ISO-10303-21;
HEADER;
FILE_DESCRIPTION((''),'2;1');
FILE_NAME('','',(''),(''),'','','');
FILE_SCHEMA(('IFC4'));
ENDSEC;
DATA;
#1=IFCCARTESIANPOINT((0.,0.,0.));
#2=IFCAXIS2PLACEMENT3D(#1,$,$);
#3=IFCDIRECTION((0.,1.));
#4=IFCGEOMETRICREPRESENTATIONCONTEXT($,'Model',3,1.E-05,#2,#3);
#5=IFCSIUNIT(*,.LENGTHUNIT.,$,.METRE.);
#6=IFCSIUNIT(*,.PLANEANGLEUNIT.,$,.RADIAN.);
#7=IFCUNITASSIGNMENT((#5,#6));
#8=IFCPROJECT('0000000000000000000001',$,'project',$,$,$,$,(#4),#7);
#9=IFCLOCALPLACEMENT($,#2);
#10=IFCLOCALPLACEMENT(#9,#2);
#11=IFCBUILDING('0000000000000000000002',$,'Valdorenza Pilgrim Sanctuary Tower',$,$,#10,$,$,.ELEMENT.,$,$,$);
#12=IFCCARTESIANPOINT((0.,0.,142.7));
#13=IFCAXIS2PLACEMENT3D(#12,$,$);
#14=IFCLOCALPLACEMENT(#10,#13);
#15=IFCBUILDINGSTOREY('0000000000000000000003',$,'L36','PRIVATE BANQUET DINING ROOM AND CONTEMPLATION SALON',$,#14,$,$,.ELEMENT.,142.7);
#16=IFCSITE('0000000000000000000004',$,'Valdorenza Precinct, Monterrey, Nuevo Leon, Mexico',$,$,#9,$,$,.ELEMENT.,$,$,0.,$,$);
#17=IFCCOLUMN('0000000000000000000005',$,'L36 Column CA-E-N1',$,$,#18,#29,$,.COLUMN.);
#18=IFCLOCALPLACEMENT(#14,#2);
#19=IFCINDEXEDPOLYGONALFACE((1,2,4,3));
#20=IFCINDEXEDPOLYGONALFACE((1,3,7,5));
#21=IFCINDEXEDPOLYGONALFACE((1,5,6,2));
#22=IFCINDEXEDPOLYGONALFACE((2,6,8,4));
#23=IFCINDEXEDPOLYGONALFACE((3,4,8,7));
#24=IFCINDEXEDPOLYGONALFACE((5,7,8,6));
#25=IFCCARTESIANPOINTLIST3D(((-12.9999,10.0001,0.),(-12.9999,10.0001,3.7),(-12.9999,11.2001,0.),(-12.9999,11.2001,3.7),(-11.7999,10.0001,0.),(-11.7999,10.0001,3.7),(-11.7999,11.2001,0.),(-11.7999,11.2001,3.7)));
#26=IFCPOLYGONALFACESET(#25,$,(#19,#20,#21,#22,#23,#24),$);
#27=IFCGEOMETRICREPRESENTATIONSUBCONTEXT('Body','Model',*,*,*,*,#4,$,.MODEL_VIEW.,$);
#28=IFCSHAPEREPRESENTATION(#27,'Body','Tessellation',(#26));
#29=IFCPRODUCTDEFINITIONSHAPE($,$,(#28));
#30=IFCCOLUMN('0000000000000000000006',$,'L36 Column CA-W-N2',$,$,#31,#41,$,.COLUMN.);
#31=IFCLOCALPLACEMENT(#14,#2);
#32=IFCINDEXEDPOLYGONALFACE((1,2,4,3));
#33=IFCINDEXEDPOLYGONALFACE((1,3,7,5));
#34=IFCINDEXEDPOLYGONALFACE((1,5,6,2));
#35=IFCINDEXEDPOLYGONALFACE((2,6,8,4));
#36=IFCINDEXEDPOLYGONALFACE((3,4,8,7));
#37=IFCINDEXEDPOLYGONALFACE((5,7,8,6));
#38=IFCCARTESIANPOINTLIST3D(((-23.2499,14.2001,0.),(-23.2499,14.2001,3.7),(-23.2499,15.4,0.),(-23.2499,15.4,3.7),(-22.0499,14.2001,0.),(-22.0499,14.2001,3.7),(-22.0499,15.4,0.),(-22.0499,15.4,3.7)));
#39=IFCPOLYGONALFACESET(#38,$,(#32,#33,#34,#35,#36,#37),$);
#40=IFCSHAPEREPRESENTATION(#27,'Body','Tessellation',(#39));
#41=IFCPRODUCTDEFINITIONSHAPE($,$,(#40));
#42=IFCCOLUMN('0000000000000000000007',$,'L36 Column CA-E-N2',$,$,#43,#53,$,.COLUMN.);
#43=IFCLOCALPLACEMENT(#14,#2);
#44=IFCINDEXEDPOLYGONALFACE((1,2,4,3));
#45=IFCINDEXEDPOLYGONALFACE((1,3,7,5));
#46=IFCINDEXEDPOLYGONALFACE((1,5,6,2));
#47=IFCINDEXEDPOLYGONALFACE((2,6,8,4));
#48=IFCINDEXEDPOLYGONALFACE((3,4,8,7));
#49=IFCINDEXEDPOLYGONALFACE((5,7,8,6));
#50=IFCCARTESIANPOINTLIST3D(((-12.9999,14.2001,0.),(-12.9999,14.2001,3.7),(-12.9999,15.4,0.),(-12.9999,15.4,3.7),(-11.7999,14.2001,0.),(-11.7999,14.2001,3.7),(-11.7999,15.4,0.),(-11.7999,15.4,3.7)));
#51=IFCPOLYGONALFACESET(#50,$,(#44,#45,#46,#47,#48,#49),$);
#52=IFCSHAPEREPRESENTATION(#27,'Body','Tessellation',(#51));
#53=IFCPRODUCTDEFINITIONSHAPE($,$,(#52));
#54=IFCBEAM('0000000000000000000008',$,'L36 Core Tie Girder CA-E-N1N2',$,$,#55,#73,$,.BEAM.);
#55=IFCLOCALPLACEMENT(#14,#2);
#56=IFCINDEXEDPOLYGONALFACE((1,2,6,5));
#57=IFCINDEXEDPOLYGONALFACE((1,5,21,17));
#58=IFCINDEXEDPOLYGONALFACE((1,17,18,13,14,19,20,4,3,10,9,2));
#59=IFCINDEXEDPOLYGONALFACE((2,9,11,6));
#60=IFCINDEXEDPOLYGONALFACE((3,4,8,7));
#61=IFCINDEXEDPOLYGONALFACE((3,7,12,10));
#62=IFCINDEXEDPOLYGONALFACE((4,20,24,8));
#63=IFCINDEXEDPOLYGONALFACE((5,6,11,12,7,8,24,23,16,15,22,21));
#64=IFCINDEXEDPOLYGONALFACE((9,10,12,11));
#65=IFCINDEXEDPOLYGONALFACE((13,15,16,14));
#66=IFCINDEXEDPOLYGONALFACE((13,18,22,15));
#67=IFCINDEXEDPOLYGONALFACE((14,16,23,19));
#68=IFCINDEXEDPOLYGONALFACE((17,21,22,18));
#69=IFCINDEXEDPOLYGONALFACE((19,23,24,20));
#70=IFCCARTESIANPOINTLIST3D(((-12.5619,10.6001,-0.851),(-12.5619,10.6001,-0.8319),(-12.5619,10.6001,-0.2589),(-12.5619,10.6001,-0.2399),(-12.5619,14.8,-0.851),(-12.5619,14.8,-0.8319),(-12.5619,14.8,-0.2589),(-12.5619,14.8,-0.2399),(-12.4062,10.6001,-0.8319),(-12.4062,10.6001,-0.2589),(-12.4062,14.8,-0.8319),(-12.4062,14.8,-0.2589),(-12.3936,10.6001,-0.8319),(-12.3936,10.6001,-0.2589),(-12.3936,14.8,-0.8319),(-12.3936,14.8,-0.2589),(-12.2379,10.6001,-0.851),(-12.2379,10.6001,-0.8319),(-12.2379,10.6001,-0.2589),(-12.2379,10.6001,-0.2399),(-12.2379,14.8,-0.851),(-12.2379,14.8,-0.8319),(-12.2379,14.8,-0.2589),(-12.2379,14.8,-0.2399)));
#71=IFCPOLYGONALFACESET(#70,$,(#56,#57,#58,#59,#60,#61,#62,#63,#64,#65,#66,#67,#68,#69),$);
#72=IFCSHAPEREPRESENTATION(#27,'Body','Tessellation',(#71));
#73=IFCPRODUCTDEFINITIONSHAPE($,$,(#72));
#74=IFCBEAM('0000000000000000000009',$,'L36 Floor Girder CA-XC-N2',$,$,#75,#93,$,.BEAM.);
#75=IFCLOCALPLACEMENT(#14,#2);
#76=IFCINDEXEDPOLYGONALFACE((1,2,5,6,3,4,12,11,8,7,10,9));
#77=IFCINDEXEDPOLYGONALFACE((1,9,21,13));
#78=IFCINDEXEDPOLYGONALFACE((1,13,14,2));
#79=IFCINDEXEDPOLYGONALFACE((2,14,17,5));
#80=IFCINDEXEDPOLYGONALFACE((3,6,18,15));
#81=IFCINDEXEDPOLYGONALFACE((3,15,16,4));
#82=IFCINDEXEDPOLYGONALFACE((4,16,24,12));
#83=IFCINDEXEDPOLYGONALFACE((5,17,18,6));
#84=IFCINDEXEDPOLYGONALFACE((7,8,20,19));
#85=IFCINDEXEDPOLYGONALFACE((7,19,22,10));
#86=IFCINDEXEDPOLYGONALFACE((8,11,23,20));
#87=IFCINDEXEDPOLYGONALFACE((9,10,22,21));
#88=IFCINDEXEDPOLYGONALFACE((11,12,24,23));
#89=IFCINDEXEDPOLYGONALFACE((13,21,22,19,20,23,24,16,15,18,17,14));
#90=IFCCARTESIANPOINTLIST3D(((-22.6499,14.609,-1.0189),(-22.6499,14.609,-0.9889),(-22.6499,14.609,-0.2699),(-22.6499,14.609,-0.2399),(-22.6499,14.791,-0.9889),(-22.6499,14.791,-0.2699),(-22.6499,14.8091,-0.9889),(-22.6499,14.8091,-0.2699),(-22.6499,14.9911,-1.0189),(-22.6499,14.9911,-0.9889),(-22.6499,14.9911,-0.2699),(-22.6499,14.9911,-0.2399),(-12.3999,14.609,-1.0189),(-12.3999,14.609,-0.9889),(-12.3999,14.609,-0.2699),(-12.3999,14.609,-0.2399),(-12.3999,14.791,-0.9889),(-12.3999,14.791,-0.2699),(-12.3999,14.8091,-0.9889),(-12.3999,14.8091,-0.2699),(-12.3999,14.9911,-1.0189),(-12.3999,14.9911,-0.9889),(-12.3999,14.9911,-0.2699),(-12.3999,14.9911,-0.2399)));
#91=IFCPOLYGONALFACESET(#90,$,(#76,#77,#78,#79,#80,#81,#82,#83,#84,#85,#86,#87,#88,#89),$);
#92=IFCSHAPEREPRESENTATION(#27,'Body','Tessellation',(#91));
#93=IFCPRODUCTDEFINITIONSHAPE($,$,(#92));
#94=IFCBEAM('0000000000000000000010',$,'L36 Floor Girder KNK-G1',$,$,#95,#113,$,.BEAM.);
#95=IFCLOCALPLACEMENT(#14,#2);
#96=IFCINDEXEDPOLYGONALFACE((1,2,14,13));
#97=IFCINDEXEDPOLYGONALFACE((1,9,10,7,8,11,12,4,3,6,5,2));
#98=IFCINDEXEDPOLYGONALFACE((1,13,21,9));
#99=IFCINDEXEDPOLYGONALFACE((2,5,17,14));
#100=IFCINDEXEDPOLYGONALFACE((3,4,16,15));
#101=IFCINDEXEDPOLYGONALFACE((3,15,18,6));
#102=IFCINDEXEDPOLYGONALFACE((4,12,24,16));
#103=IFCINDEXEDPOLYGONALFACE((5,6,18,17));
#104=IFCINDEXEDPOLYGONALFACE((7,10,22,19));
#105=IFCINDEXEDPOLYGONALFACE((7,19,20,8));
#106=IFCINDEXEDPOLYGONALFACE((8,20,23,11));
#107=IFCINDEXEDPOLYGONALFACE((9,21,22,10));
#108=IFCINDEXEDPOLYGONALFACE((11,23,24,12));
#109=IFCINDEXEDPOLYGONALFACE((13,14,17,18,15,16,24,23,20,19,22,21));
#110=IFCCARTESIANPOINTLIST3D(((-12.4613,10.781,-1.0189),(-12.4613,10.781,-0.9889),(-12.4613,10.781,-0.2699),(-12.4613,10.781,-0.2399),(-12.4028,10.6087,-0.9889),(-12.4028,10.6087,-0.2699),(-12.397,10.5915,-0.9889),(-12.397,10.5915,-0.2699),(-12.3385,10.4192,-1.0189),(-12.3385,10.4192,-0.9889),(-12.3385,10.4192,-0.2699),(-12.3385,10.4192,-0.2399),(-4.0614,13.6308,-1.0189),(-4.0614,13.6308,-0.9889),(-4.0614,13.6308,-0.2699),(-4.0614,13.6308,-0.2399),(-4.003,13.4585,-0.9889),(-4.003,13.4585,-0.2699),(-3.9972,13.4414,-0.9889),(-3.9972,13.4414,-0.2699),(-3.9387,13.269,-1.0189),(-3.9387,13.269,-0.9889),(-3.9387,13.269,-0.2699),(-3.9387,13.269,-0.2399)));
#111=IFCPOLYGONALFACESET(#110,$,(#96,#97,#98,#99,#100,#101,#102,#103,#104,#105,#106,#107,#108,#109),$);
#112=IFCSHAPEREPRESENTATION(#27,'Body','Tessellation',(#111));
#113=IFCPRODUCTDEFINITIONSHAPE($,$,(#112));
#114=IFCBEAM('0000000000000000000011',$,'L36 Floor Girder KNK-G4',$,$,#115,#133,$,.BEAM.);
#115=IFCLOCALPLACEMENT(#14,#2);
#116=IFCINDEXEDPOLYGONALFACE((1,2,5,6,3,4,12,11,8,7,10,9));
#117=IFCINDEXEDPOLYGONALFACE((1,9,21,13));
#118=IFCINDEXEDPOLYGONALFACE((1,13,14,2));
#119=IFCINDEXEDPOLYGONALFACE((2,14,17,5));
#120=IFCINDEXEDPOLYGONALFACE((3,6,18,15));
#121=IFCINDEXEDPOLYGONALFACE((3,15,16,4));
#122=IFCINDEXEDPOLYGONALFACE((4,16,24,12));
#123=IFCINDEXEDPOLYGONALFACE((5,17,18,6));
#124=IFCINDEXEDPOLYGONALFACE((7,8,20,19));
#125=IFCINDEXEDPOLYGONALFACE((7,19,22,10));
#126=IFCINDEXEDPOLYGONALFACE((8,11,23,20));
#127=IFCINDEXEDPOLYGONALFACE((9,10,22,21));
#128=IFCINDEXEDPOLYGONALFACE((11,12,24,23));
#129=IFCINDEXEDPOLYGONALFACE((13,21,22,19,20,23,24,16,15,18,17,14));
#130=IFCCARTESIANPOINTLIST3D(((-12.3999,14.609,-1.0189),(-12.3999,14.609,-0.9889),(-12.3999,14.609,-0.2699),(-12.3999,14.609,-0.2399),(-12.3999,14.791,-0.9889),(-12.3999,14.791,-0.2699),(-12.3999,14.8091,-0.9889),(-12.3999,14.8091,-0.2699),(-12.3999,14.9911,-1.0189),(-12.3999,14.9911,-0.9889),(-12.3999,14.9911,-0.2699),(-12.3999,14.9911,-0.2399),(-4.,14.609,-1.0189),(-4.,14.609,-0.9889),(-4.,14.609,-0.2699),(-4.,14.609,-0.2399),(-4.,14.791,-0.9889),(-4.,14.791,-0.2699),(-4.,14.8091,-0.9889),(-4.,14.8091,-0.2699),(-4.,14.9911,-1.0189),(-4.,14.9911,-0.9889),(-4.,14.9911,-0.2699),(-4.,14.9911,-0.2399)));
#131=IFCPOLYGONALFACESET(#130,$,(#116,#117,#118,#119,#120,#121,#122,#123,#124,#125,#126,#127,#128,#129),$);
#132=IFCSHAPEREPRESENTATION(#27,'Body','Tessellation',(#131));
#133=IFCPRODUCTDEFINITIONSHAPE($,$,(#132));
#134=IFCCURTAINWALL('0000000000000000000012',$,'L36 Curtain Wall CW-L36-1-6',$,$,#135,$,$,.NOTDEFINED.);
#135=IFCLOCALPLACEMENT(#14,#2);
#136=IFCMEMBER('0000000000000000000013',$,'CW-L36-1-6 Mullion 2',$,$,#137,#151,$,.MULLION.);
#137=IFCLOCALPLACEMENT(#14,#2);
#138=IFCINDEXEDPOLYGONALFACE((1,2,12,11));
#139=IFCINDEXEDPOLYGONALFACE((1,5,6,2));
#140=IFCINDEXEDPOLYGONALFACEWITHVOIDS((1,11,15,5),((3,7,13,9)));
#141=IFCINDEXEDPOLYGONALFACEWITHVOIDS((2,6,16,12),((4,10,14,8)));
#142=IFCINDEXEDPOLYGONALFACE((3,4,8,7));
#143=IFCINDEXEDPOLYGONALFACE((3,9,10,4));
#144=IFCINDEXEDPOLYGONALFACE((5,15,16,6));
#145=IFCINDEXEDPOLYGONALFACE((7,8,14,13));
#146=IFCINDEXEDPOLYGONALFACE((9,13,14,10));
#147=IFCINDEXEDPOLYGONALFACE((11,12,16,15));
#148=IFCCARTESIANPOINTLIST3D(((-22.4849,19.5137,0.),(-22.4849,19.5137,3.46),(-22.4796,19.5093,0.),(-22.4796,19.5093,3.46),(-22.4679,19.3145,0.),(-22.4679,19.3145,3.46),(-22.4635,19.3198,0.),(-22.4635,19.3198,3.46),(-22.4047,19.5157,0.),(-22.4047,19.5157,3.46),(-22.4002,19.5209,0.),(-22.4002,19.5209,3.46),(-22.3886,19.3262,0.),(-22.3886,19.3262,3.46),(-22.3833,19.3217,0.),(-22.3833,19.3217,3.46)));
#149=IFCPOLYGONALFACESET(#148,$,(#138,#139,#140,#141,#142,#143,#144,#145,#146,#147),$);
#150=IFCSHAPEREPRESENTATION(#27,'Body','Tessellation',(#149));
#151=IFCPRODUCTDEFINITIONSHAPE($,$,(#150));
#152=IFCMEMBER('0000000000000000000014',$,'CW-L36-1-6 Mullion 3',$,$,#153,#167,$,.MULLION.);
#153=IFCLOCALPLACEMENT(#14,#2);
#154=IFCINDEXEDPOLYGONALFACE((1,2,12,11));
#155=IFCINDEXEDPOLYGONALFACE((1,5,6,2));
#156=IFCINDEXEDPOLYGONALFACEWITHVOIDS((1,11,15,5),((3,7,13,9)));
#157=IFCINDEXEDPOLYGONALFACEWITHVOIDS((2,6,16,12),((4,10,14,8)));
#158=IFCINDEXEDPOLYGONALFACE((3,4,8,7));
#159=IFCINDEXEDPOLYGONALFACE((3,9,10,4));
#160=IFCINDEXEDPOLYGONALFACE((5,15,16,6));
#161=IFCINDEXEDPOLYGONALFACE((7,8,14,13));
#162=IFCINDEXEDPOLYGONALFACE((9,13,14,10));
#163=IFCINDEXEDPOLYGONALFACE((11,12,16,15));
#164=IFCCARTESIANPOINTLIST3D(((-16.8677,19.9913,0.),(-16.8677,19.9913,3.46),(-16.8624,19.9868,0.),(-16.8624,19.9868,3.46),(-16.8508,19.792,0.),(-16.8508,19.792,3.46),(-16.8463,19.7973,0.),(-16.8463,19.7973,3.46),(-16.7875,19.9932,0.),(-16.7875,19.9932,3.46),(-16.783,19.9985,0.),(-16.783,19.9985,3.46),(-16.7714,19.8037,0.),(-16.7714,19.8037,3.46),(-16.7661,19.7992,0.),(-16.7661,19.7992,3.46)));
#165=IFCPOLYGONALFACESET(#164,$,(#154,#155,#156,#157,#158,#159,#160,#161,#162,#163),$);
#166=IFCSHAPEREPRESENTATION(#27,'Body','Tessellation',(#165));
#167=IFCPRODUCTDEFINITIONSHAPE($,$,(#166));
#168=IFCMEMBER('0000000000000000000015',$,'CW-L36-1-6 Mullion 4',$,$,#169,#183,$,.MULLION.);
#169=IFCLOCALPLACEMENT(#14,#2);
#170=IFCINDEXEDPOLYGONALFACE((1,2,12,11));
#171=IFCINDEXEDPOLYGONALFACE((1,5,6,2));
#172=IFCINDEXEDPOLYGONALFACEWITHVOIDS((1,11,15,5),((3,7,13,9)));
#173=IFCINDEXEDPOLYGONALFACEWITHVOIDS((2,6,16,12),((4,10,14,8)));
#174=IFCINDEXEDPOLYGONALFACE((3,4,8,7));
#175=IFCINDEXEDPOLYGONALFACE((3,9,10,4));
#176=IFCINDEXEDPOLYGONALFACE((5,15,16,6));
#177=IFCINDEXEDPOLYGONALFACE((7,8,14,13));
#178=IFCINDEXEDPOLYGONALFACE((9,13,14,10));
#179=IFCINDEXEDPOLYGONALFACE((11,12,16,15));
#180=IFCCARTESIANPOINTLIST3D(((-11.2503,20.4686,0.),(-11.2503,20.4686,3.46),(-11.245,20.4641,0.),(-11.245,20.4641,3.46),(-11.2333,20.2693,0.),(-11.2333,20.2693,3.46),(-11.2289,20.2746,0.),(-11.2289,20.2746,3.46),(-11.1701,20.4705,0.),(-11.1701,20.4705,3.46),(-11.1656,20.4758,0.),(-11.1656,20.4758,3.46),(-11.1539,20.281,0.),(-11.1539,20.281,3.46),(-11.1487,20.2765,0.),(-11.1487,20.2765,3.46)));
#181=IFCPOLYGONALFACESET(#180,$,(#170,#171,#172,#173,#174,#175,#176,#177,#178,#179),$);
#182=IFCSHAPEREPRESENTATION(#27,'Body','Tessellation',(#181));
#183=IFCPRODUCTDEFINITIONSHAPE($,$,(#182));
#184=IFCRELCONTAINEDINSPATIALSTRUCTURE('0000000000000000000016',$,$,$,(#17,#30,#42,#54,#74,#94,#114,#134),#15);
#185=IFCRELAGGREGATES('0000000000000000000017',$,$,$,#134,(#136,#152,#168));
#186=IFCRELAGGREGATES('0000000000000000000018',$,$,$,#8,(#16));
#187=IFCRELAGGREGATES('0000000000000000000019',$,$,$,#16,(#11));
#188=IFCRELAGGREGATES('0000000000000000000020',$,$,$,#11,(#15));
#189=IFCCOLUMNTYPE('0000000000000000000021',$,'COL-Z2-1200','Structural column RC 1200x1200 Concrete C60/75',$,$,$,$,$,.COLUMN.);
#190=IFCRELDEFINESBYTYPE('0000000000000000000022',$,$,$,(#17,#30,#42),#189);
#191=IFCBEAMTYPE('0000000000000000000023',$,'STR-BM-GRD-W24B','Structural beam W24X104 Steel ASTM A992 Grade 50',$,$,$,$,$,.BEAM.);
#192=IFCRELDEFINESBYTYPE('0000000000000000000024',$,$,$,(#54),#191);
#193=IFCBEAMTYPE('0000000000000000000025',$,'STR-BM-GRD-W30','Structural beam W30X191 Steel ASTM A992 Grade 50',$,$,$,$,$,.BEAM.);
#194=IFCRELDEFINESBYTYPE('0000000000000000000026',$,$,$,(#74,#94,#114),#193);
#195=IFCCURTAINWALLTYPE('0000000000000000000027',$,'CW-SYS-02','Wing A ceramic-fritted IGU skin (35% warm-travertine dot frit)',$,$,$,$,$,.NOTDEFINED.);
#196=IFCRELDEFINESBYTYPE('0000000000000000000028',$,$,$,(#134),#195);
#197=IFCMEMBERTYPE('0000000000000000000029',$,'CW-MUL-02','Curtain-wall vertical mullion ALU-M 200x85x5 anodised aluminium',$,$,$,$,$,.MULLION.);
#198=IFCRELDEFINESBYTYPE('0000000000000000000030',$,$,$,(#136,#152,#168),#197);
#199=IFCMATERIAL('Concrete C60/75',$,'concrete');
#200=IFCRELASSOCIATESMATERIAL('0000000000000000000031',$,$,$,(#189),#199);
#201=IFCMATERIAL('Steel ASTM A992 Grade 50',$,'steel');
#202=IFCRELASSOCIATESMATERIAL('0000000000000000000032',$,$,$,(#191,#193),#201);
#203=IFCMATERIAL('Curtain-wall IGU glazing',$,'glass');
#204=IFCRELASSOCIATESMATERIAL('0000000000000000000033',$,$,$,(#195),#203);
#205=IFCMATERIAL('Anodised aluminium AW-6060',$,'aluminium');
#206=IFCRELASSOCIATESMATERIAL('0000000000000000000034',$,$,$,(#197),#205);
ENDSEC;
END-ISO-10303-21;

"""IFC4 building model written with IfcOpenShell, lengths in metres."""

from ifc_helpers import new_model, si_unit, direction, frame, origin, origin_2d, place, context, subcontext, project, spatial, rectangle, hollow_rectangle, i_section, extrude, source, transform, mapped, material, material_profile, profile_set, type_object, element, aggregate, save


model = new_model("IFC4")

# Units and contexts
model_context = context("Model", 3, precision=1e-05, world=origin(), true_north=direction((0.0, 1.0)))
body_context = subcontext(model_context, "Body", "Model", "MODEL_VIEW")
ifc_project = project(units=[si_unit("LENGTHUNIT", "METRE"), si_unit("PLANEANGLEUNIT", "RADIAN")], contexts=[model_context])

# Site, building, storey
site_placement = place(None, origin())
site = spatial("IfcSite", under=ifc_project, at=site_placement, Name="Valdorenza Precinct, Monterrey, Nuevo Leon, Mexico", CompositionType="ELEMENT", RefElevation=0.0)
building_placement = place(site_placement, origin())
building = spatial("IfcBuilding", under=site, at=building_placement, Name="Valdorenza Pilgrim Sanctuary Tower", CompositionType="ELEMENT")
storey_placement = place(building_placement, frame((0.0, 0.0, 142.7)))
storey = spatial("IfcBuildingStorey", under=building, at=storey_placement, Name="L36", Description="PRIVATE BANQUET DINING ROOM AND CONTEMPLATION SALON", CompositionType="ELEMENT", Elevation=142.7)

# Columns
ifc_material_1 = material(Name="Concrete C60/75", Category="concrete")
ifc_material_profile_1 = material_profile(ifc_material_1, rectangle(XDim=1.2, YDim=1.2, at=origin_2d()), Name="RC 1200x1200")
ifc_profile_set_1 = profile_set([ifc_material_profile_1], Name="Concrete C60/75")
column_type = type_object("IfcColumnType", Name="COL-Z2-1200", Description="Structural column RC 1200x1200 Concrete C60/75", PredefinedType="COLUMN", material=ifc_profile_set_1)
shared_shape_1 = source(origin(), body_context, "Body", "SweptSolid", [
    extrude(rectangle(XDim=1.2, YDim=1.2, at=origin_2d()), origin(), (0.0, 0.0, 1.0), 3.7),
])
for number, where, z_axis, x_axis, name in (
    (1, (-12.3999, 10.6001, 0.0), (0.0, 0.0, 1.0), (1.0, 0.0, 0.0), "L36 Column CA-E-N1"),
    (2, (-22.6499, 14.8, 0.0), (0.0, 0.0, 1.0), (1.0, 0.0, 0.0), "L36 Column CA-W-N2"),
    (3, (-12.3999, 14.8, 0.0), (0.0, 0.0, 1.0), (1.0, 0.0, 0.0), "L36 Column CA-E-N2"),
):
    element("IfcColumn", number, at=place(storey_placement, frame(where, z_axis=z_axis, x_axis=x_axis)), inside=storey, type_object=column_type, Name=name, PredefinedType="COLUMN", context=body_context, shape_type="MappedRepresentation", body=[
        mapped(shared_shape_1, transform((0.0, 0.0, 0.0), x_axis=(1.0, 0.0, 0.0), y_axis=(0.0, 1.0, 0.0), z_axis=(0.0, 0.0, 1.0), scale=1.0)),
    ])

# Beams
ifc_material_2 = material(Name="Steel ASTM A992 Grade 50", Category="steel")
ifc_material_profile_2 = material_profile(ifc_material_2, i_section(OverallWidth=0.324, OverallDepth=0.6111, WebThickness=0.0127, FlangeThickness=0.019, at=origin_2d()), Name="W24X104")
ifc_profile_set_2 = profile_set([ifc_material_profile_2], Name="Steel ASTM A992 Grade 50")
beam_type_1 = type_object("IfcBeamType", Name="STR-BM-GRD-W24B", Description="Structural beam W24X104 Steel ASTM A992 Grade 50", PredefinedType="BEAM", material=ifc_profile_set_2)
shared_shape_2 = source(origin(), body_context, "Body", "SweptSolid", [
    extrude(i_section(OverallWidth=0.324, OverallDepth=0.6111, WebThickness=0.0127, FlangeThickness=0.019, at=origin_2d()), origin(), (0.0, 0.0, 1.0), 4.2),
])
beam_1_placement = place(storey_placement, frame((-12.3999, 10.6001, -0.5454), z_axis=(0.0, 1.0, 0.0), x_axis=(-1.0, 0.0, 0.0)))
element("IfcBeam", 4, at=beam_1_placement, inside=storey, type_object=beam_type_1, Name="L36 Core Tie Girder CA-E-N1N2", PredefinedType="BEAM", context=body_context, shape_type="MappedRepresentation", body=[
    mapped(shared_shape_2, transform((0.0, 0.0, 0.0), x_axis=(1.0, 0.0, 0.0), y_axis=(0.0, 1.0, 0.0), z_axis=(0.0, 0.0, 1.0), scale=1.0)),
])
ifc_material_profile_3 = material_profile(ifc_material_2, i_section(OverallWidth=0.3821, OverallDepth=0.7791, WebThickness=0.0181, FlangeThickness=0.03, at=origin_2d()), Name="W30X191")
ifc_profile_set_3 = profile_set([ifc_material_profile_3], Name="Steel ASTM A992 Grade 50")
beam_type_2 = type_object("IfcBeamType", Name="STR-BM-GRD-W30", Description="Structural beam W30X191 Steel ASTM A992 Grade 50", PredefinedType="BEAM", material=ifc_profile_set_3)
shared_shape_3 = source(origin(), body_context, "Body", "SweptSolid", [
    extrude(i_section(OverallWidth=0.3821, OverallDepth=0.7791, WebThickness=0.0181, FlangeThickness=0.03, at=origin_2d()), origin(), (0.0, 0.0, 1.0), 10.25),
])
beam_2_placement = place(storey_placement, frame((-22.6499, 14.8, -0.6294), z_axis=(1.0, 0.0, 0.0), x_axis=(0.0, 1.0, 0.0)))
element("IfcBeam", 5, at=beam_2_placement, inside=storey, type_object=beam_type_2, Name="L36 Floor Girder CA-XC-N2", PredefinedType="BEAM", context=body_context, shape_type="MappedRepresentation", body=[
    mapped(shared_shape_3, transform((0.0, 0.0, 0.0), x_axis=(1.0, 0.0, 0.0), y_axis=(0.0, 1.0, 0.0), z_axis=(0.0, 0.0, 1.0), scale=1.0)),
])
shared_shape_4 = source(origin(), body_context, "Body", "SweptSolid", [
    extrude(i_section(OverallWidth=0.3821, OverallDepth=0.7791, WebThickness=0.0181, FlangeThickness=0.03, at=origin_2d()), origin(), (0.0, 0.0, 1.0), 8.8701),
])
beam_3_placement = place(storey_placement, frame((-12.3999, 10.6001, -0.6294), z_axis=(0.946983, 0.321285, 0.0), x_axis=(-0.321285, 0.946983, 0.0)))
element("IfcBeam", 6, at=beam_3_placement, inside=storey, type_object=beam_type_2, Name="L36 Floor Girder KNK-G1", PredefinedType="BEAM", context=body_context, shape_type="MappedRepresentation", body=[
    mapped(shared_shape_4, transform((0.0, 0.0, 0.0), x_axis=(1.0, 0.0, 0.0), y_axis=(0.0, 1.0, 0.0), z_axis=(0.0, 0.0, 1.0), scale=1.0)),
])
shared_shape_5 = source(origin(), body_context, "Body", "SweptSolid", [
    extrude(i_section(OverallWidth=0.3821, OverallDepth=0.7791, WebThickness=0.0181, FlangeThickness=0.03, at=origin_2d()), origin(), (0.0, 0.0, 1.0), 8.3999),
])
beam_4_placement = place(storey_placement, frame((-12.3999, 14.8, -0.6294), z_axis=(1.0, 0.0, 0.0), x_axis=(0.0, 1.0, 0.0)))
element("IfcBeam", 7, at=beam_4_placement, inside=storey, type_object=beam_type_2, Name="L36 Floor Girder KNK-G4", PredefinedType="BEAM", context=body_context, shape_type="MappedRepresentation", body=[
    mapped(shared_shape_5, transform((0.0, 0.0, 0.0), x_axis=(1.0, 0.0, 0.0), y_axis=(0.0, 1.0, 0.0), z_axis=(0.0, 0.0, 1.0), scale=1.0)),
])

# Curtain wall, members
ifc_material_3 = material(Name="Curtain-wall IGU glazing", Category="glass")
curtain_wall_type = type_object("IfcCurtainWallType", Name="CW-SYS-02", Description="Wing A ceramic-fritted IGU skin (35% warm-travertine dot frit)", PredefinedType="NOTDEFINED", material=ifc_material_3)
curtain_wall_1_placement = place(storey_placement, origin())
curtain_wall_1 = element("IfcCurtainWall", 8, at=curtain_wall_1_placement, inside=storey, type_object=curtain_wall_type, Name="L36 Curtain Wall CW-L36-1-6", PredefinedType="NOTDEFINED")
ifc_material_4 = material(Name="Anodised aluminium AW-6060", Category="aluminium")
ifc_material_profile_4 = material_profile(ifc_material_4, hollow_rectangle(XDim=0.085, YDim=0.2, WallThickness=0.0049, at=origin_2d()), Name="ALU-M 200x85x5")
ifc_profile_set_4 = profile_set([ifc_material_profile_4], Name="Anodised aluminium AW-6060")
member_type_1 = type_object("IfcMemberType", Name="CW-MUL-02", Description="Curtain-wall vertical mullion ALU-M 200x85x5 anodised aluminium", PredefinedType="MULLION", material=ifc_profile_set_4)
shared_shape_6 = source(origin(), body_context, "Body", "SweptSolid", [
    extrude(hollow_rectangle(XDim=0.085, YDim=0.2, WallThickness=0.0049, at=origin_2d()), origin(), (0.0, 0.0, 1.0), 3.46),
])
member_1_placement = place(storey_placement, frame((-22.4341, 19.4177, 0.0), z_axis=(0.0, 0.0, 1.0), x_axis=(0.996408, 0.084687, 0.0)))
member_1 = element("IfcMember", 9, at=member_1_placement, type_object=member_type_1, Name="CW-L36-1-6 Mullion 2", PredefinedType="MULLION", context=body_context, shape_type="MappedRepresentation", body=[
    mapped(shared_shape_6, transform((0.0, 0.0, 0.0), x_axis=(1.0, 0.0, 0.0), y_axis=(0.0, 1.0, 0.0), z_axis=(0.0, 0.0, 1.0), scale=1.0)),
])
member_2_placement = place(storey_placement, frame((-16.8169, 19.8953, 0.0), z_axis=(0.0, 0.0, 1.0), x_axis=(0.996408, 0.084687, 0.0)))
member_2 = element("IfcMember", 10, at=member_2_placement, type_object=member_type_1, Name="CW-L36-1-6 Mullion 3", PredefinedType="MULLION", context=body_context, shape_type="MappedRepresentation", body=[
    mapped(shared_shape_6, transform((0.0, 0.0, 0.0), x_axis=(1.0, 0.0, 0.0), y_axis=(0.0, 1.0, 0.0), z_axis=(0.0, 0.0, 1.0), scale=1.0)),
])
member_3_placement = place(storey_placement, frame((-11.1995, 20.3726, 0.0), z_axis=(0.0, 0.0, 1.0), x_axis=(0.996408, 0.084687, 0.0)))
member_3 = element("IfcMember", 11, at=member_3_placement, type_object=member_type_1, Name="CW-L36-1-6 Mullion 4", PredefinedType="MULLION", context=body_context, shape_type="MappedRepresentation", body=[
    mapped(shared_shape_6, transform((0.0, 0.0, 0.0), x_axis=(1.0, 0.0, 0.0), y_axis=(0.0, 1.0, 0.0), z_axis=(0.0, 0.0, 1.0), scale=1.0)),
])

aggregate(curtain_wall_1, [member_1, member_2, member_3])

save(model, "model.ifc")
